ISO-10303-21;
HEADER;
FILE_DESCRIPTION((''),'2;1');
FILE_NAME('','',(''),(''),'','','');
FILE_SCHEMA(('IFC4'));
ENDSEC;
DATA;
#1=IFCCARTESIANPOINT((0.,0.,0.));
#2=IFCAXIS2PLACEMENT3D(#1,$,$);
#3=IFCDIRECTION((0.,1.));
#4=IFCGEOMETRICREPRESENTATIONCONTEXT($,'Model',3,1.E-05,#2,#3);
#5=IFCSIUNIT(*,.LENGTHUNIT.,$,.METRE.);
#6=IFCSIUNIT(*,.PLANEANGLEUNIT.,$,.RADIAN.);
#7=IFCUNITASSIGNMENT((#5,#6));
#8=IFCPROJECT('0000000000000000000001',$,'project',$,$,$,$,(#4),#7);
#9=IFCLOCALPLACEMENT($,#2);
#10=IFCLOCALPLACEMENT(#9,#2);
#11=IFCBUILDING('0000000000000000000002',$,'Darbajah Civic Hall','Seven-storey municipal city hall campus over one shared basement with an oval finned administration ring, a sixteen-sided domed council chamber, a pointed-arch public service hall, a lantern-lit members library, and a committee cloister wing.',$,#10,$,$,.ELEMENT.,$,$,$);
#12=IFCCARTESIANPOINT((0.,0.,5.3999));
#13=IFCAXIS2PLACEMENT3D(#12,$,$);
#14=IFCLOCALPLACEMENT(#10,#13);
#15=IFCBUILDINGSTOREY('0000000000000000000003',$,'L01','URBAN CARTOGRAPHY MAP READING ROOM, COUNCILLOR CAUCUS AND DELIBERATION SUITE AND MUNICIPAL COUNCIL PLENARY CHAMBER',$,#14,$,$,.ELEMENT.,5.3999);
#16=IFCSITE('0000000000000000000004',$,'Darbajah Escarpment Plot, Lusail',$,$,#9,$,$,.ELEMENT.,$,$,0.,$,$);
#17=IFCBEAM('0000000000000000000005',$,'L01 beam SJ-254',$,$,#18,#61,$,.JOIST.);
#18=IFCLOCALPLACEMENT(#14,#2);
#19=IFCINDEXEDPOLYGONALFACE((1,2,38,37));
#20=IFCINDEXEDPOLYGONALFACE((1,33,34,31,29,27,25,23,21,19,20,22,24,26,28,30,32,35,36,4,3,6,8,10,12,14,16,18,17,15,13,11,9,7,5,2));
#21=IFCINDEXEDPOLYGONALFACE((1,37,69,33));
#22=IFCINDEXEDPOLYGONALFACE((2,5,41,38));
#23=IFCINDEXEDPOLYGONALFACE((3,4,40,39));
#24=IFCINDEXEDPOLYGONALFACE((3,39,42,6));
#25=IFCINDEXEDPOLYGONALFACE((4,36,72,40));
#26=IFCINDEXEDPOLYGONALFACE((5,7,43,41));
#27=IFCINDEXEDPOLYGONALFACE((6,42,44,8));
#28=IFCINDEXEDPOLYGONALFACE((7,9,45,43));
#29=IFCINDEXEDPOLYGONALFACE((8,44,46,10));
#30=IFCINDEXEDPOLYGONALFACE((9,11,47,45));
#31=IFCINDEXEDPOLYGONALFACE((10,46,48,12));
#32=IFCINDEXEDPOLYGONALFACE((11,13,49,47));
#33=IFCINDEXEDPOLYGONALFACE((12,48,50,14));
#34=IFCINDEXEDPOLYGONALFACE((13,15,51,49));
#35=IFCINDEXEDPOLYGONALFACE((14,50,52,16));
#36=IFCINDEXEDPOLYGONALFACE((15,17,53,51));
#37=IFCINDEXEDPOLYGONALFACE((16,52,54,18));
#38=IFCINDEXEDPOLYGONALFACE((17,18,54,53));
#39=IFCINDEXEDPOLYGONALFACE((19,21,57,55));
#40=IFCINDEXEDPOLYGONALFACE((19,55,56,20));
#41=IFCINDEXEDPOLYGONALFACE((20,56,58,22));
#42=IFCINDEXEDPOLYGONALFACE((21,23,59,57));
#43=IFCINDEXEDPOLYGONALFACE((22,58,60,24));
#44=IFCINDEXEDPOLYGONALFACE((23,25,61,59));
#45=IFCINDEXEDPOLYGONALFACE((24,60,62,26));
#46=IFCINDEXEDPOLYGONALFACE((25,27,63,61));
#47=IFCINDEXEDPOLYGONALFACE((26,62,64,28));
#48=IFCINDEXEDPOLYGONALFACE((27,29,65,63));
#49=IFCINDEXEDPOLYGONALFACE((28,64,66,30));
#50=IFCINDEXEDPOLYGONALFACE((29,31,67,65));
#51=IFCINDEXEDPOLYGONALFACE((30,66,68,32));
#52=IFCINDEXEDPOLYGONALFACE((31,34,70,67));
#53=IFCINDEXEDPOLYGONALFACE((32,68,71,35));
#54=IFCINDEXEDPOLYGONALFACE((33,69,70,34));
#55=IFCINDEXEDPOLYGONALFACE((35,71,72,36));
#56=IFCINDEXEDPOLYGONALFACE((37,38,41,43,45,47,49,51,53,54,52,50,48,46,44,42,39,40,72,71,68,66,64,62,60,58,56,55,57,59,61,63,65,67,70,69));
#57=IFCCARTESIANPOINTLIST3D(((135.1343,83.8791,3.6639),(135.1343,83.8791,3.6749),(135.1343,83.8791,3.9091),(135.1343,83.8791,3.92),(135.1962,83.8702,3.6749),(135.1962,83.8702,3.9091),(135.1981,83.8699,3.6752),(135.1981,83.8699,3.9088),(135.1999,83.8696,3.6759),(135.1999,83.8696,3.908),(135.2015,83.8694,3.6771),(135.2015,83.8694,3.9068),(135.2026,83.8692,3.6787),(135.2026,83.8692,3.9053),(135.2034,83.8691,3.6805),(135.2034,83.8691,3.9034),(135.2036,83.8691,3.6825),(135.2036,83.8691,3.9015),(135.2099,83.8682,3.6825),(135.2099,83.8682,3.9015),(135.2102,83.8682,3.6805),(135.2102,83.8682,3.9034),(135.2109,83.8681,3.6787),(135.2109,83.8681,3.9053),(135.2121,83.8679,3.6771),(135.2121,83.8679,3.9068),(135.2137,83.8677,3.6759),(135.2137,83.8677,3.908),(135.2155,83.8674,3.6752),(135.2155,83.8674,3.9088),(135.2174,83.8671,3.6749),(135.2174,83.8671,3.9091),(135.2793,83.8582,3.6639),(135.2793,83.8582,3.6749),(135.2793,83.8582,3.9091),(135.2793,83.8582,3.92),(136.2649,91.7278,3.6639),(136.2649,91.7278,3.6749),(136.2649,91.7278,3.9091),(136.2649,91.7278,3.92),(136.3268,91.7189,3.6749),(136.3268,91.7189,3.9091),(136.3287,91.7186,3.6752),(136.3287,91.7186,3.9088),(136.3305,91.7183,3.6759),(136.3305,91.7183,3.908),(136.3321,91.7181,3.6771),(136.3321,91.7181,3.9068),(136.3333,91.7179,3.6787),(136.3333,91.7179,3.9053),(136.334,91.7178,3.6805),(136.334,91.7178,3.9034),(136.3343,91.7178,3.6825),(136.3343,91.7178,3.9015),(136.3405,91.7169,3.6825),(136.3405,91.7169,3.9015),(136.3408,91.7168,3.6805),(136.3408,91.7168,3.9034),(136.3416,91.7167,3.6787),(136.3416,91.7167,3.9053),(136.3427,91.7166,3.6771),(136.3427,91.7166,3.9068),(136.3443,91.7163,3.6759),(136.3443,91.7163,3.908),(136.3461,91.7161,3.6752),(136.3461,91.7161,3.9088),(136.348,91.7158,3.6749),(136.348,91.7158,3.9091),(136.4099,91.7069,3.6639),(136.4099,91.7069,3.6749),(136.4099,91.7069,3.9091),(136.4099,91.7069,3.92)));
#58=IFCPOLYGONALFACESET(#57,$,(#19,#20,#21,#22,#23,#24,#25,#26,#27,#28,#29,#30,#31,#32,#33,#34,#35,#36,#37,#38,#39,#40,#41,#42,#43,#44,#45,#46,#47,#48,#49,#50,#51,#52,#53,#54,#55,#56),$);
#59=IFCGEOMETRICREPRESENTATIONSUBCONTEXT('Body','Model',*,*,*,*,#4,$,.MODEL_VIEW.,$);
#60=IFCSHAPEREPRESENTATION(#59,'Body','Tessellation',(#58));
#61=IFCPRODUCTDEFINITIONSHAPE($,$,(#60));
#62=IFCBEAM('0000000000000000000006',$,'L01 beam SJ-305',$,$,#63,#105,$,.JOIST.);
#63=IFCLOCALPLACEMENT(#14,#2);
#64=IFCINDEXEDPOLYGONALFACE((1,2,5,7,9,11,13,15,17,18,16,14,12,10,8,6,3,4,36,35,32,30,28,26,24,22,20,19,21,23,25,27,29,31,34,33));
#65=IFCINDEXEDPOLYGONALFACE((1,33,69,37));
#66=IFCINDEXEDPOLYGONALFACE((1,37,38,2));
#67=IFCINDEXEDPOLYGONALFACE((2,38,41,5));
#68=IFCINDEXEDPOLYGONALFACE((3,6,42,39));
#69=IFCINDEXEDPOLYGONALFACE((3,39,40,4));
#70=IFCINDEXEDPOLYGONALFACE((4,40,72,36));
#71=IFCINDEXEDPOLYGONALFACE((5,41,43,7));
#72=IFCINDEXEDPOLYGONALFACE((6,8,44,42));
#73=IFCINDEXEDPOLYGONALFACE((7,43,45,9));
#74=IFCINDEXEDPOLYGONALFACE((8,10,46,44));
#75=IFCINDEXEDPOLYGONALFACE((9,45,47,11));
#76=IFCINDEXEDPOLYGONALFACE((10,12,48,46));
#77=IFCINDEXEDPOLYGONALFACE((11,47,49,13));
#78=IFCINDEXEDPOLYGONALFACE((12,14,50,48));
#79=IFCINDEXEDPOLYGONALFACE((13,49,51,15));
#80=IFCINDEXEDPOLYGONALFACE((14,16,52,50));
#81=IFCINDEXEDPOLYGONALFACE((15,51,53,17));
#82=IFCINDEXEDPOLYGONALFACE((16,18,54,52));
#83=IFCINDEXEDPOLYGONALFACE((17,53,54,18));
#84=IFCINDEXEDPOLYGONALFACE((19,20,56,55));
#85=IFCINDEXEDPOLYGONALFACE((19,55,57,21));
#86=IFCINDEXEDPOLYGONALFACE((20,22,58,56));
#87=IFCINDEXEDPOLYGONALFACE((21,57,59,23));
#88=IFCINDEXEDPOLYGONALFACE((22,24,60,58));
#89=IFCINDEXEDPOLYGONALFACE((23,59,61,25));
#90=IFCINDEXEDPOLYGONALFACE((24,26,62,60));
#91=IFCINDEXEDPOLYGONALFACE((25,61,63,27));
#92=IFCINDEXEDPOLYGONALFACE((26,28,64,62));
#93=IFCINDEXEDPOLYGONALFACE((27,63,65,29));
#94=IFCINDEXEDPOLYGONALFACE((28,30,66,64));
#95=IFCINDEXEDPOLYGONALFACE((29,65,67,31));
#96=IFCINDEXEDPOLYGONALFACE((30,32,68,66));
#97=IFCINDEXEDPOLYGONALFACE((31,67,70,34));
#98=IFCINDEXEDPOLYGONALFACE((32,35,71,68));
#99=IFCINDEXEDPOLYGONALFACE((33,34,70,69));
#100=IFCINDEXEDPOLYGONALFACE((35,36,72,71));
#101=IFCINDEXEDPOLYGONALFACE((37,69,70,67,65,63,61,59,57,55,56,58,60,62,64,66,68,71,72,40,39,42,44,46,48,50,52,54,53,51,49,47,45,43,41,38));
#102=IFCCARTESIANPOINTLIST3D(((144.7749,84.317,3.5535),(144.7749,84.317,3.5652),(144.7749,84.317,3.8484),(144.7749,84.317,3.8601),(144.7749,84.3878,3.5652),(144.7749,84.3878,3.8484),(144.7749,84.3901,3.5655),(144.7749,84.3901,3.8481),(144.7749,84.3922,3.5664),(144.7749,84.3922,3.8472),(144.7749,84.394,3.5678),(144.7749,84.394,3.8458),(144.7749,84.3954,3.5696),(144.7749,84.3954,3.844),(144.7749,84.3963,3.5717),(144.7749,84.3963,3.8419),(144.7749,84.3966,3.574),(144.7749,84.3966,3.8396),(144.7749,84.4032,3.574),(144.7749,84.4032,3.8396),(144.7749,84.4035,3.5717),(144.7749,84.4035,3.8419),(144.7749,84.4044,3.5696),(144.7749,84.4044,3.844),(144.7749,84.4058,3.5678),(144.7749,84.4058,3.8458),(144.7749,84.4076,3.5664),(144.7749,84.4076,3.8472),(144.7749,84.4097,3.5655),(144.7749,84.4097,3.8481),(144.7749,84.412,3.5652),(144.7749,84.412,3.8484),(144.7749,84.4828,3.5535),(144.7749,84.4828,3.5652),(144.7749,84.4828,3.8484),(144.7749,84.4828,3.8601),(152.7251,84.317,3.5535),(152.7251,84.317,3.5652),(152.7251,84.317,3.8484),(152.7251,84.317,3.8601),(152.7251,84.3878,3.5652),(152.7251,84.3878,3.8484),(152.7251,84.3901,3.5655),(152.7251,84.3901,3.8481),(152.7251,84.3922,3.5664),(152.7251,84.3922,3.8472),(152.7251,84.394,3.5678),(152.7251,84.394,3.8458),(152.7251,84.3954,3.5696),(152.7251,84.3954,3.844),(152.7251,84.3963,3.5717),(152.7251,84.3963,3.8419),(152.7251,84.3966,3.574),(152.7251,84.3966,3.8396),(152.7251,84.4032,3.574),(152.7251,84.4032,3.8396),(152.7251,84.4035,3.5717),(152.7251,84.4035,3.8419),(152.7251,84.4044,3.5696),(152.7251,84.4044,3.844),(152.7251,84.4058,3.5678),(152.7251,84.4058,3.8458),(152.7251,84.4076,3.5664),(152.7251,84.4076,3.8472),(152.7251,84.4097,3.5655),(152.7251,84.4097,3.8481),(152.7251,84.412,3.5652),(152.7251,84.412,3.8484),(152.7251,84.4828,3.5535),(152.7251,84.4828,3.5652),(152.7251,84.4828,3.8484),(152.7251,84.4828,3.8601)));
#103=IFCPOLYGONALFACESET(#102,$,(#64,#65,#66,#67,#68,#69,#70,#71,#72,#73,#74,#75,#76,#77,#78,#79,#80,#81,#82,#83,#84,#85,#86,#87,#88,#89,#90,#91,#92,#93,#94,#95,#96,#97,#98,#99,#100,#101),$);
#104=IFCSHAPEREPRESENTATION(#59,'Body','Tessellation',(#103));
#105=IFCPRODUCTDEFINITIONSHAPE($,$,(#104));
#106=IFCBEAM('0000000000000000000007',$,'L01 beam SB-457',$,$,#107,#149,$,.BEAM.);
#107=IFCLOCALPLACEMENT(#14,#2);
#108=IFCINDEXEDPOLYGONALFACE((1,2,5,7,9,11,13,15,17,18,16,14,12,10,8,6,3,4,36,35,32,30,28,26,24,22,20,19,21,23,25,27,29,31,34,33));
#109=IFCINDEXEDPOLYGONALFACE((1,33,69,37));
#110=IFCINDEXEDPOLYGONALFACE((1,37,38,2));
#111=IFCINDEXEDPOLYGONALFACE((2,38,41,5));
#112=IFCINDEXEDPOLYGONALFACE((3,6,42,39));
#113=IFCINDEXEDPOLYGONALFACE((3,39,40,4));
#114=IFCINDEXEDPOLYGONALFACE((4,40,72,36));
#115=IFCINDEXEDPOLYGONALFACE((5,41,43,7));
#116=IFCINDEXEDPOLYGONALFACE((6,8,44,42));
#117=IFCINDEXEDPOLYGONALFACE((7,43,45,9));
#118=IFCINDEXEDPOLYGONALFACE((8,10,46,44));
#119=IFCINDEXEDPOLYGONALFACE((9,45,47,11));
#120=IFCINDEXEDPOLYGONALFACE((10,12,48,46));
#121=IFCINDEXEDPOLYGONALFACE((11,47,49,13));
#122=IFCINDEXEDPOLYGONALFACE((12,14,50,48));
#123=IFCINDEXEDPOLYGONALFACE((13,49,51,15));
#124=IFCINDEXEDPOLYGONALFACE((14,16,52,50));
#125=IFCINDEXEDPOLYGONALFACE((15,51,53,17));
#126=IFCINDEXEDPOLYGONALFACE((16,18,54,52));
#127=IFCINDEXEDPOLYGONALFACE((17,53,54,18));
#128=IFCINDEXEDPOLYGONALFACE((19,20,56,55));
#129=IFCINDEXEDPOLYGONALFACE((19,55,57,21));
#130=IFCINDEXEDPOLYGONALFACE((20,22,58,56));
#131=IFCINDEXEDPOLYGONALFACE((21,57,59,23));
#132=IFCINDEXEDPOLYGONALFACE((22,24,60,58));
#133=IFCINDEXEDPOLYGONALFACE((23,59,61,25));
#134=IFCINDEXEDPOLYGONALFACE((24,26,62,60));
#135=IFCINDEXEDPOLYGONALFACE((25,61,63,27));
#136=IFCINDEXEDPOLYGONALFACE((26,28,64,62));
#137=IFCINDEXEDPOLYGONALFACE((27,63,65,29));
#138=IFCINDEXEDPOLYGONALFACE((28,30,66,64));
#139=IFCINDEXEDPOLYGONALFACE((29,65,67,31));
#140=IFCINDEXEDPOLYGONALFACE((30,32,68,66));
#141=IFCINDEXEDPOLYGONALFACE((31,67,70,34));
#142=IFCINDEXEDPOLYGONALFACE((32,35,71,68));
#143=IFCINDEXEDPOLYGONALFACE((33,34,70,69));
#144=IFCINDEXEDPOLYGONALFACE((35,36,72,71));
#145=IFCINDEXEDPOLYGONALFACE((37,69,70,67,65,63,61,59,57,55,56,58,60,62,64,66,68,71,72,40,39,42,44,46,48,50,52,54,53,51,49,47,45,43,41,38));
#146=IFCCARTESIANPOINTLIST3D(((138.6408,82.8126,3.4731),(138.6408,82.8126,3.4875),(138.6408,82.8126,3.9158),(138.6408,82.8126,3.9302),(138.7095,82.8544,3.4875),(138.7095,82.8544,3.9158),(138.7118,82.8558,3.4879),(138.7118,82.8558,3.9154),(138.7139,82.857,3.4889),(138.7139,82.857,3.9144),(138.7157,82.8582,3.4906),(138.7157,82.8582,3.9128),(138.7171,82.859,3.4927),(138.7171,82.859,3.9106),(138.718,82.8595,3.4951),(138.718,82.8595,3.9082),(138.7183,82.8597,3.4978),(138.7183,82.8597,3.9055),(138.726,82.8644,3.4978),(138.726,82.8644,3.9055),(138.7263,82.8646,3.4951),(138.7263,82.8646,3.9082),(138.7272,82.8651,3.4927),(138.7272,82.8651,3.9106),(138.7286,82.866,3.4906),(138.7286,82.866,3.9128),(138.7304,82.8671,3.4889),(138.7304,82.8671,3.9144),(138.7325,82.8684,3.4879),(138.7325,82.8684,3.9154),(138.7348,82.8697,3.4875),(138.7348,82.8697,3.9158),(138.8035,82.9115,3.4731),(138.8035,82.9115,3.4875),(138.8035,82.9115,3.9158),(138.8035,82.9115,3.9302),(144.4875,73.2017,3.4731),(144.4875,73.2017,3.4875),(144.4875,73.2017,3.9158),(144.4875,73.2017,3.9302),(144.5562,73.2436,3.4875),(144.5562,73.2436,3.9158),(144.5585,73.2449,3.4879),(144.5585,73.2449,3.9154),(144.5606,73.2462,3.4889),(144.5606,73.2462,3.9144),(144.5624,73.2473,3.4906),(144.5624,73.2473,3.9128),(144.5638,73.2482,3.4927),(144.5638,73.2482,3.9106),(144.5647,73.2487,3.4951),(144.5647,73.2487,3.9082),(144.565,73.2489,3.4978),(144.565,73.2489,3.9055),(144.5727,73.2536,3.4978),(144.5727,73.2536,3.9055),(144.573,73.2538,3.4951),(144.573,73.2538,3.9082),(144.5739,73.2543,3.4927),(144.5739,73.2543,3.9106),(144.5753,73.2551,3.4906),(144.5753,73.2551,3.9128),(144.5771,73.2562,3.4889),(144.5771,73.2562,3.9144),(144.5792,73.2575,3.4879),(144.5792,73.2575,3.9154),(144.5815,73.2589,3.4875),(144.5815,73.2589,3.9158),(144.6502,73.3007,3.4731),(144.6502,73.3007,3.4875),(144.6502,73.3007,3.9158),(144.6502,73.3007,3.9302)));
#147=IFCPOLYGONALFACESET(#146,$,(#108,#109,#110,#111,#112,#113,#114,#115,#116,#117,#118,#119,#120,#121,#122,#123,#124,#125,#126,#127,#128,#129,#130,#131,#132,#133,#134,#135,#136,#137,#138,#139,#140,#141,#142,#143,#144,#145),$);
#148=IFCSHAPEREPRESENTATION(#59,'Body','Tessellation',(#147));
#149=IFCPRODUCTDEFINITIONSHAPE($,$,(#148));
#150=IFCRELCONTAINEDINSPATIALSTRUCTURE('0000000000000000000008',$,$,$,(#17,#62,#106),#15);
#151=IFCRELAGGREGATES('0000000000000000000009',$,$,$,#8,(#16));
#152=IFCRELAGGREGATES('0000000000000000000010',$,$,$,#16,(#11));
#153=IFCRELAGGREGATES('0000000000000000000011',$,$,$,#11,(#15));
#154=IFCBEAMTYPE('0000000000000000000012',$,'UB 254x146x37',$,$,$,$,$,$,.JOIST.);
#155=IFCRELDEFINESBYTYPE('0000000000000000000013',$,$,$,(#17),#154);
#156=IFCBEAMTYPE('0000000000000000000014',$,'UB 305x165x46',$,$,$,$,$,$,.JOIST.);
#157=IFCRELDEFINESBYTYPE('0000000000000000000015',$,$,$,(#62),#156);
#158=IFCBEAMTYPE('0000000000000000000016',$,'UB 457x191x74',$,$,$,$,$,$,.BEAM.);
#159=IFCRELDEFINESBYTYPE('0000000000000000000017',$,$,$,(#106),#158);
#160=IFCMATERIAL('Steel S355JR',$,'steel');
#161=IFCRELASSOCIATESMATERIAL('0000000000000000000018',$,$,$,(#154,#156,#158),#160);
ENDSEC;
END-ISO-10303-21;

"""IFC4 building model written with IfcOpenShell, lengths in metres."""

from ifc_helpers import new_model, si_unit, direction, frame, origin, origin_2d, place, context, subcontext, project, spatial, i_section, extrude, material, material_profile, profile_set, type_object, element, save


model = new_model("IFC4")

# Units and contexts
model_context = context("Model", 3, precision=1e-05, world=origin(), true_north=direction((0.0, 1.0)))
body_context = subcontext(model_context, "Body", "Model", "MODEL_VIEW")
ifc_project = project(units=[si_unit("LENGTHUNIT", "METRE"), si_unit("PLANEANGLEUNIT", "RADIAN")], contexts=[model_context])

# Site, building, storey
site_placement = place(None, origin())
site = spatial("IfcSite", under=ifc_project, at=site_placement, Name="Darbajah Escarpment Plot, Lusail", CompositionType="ELEMENT", RefElevation=0.0)
building_placement = place(site_placement, origin())
building = spatial("IfcBuilding", under=site, at=building_placement, Name="Darbajah Civic Hall", Description="Seven-storey municipal city hall campus over one shared basement with an oval finned administration ring, a sixteen-sided domed council chamber, a pointed-arch public service hall, a lantern-lit members library, and a committee cloister wing.", CompositionType="ELEMENT")
storey_placement = place(building_placement, frame((0.0, 0.0, 5.3999)))
storey = spatial("IfcBuildingStorey", under=building, at=storey_placement, Name="L01", Description="URBAN CARTOGRAPHY MAP READING ROOM, COUNCILLOR CAUCUS AND DELIBERATION SUITE AND MUNICIPAL COUNCIL PLENARY CHAMBER", CompositionType="ELEMENT", Elevation=5.3999)

# Beams
ifc_material_1 = material(Name="Steel S355JR", Category="steel")
ifc_material_profile_1 = material_profile(ifc_material_1, i_section(OverallWidth=0.1465, OverallDepth=0.2561, WebThickness=0.0063, FlangeThickness=0.011, FilletRadius=0.0076, at=origin_2d()), Name="UB 254x146x37")
ifc_profile_set_1 = profile_set([ifc_material_profile_1], Name="Steel S355JR")
beam_type_1 = type_object("IfcBeamType", Name="UB 254x146x37", PredefinedType="JOIST", material=ifc_profile_set_1)
beam_1_placement = place(storey_placement, frame((135.2068, 83.8687, 3.792), z_axis=(0.142581, 0.989783, 0.0), x_axis=(-0.989783, 0.142581, 0.0)))
element("IfcBeam", 1, at=beam_1_placement, inside=storey, type_object=beam_type_1, Name="L01 beam SJ-254", PredefinedType="JOIST", context=body_context, shape_type="SweptSolid", body=[
    extrude(i_section(OverallWidth=0.1465, OverallDepth=0.2561, WebThickness=0.0063, FlangeThickness=0.011, FilletRadius=0.0076, at=origin_2d()), origin(), (0.0, 0.0, 1.0), 7.9297),
])
ifc_material_profile_2 = material_profile(ifc_material_1, i_section(OverallWidth=0.1658, OverallDepth=0.3066, WebThickness=0.0066, FlangeThickness=0.0117, FilletRadius=0.0088, at=origin_2d()), Name="UB 305x165x46")
ifc_profile_set_2 = profile_set([ifc_material_profile_2], Name="Steel S355JR")
beam_type_2 = type_object("IfcBeamType", Name="UB 305x165x46", PredefinedType="JOIST", material=ifc_profile_set_2)
beam_2_placement = place(storey_placement, frame((144.7749, 84.3999, 3.7068), z_axis=(1.0, 0.0, 0.0), x_axis=(0.0, 1.0, 0.0)))
element("IfcBeam", 2, at=beam_2_placement, inside=storey, type_object=beam_type_2, Name="L01 beam SJ-305", PredefinedType="JOIST", context=body_context, shape_type="SweptSolid", body=[
    extrude(i_section(OverallWidth=0.1658, OverallDepth=0.3066, WebThickness=0.0066, FlangeThickness=0.0117, FilletRadius=0.0088, at=origin_2d()), origin(), (0.0, 0.0, 1.0), 7.9502),
])
ifc_material_profile_3 = material_profile(ifc_material_1, i_section(OverallWidth=0.1904, OverallDepth=0.457, WebThickness=0.009, FlangeThickness=0.0144, FilletRadius=0.0103, at=origin_2d()), Name="UB 457x191x74")
ifc_profile_set_3 = profile_set([ifc_material_profile_3], Name="Steel S355JR")
beam_type_3 = type_object("IfcBeamType", Name="UB 457x191x74", PredefinedType="BEAM", material=ifc_profile_set_3)
beam_3_placement = place(storey_placement, frame((138.7222, 82.8621, 3.7017), z_axis=(0.519727, -0.854333, 0.0), x_axis=(0.854333, 0.519727, 0.0)))
element("IfcBeam", 3, at=beam_3_placement, inside=storey, type_object=beam_type_3, Name="L01 beam SB-457", PredefinedType="BEAM", context=body_context, shape_type="SweptSolid", body=[
    extrude(i_section(OverallWidth=0.1904, OverallDepth=0.457, WebThickness=0.009, FlangeThickness=0.0144, FilletRadius=0.0103, at=origin_2d()), origin(), (0.0, 0.0, 1.0), 11.2495),
])

save(model, "model.ifc")
